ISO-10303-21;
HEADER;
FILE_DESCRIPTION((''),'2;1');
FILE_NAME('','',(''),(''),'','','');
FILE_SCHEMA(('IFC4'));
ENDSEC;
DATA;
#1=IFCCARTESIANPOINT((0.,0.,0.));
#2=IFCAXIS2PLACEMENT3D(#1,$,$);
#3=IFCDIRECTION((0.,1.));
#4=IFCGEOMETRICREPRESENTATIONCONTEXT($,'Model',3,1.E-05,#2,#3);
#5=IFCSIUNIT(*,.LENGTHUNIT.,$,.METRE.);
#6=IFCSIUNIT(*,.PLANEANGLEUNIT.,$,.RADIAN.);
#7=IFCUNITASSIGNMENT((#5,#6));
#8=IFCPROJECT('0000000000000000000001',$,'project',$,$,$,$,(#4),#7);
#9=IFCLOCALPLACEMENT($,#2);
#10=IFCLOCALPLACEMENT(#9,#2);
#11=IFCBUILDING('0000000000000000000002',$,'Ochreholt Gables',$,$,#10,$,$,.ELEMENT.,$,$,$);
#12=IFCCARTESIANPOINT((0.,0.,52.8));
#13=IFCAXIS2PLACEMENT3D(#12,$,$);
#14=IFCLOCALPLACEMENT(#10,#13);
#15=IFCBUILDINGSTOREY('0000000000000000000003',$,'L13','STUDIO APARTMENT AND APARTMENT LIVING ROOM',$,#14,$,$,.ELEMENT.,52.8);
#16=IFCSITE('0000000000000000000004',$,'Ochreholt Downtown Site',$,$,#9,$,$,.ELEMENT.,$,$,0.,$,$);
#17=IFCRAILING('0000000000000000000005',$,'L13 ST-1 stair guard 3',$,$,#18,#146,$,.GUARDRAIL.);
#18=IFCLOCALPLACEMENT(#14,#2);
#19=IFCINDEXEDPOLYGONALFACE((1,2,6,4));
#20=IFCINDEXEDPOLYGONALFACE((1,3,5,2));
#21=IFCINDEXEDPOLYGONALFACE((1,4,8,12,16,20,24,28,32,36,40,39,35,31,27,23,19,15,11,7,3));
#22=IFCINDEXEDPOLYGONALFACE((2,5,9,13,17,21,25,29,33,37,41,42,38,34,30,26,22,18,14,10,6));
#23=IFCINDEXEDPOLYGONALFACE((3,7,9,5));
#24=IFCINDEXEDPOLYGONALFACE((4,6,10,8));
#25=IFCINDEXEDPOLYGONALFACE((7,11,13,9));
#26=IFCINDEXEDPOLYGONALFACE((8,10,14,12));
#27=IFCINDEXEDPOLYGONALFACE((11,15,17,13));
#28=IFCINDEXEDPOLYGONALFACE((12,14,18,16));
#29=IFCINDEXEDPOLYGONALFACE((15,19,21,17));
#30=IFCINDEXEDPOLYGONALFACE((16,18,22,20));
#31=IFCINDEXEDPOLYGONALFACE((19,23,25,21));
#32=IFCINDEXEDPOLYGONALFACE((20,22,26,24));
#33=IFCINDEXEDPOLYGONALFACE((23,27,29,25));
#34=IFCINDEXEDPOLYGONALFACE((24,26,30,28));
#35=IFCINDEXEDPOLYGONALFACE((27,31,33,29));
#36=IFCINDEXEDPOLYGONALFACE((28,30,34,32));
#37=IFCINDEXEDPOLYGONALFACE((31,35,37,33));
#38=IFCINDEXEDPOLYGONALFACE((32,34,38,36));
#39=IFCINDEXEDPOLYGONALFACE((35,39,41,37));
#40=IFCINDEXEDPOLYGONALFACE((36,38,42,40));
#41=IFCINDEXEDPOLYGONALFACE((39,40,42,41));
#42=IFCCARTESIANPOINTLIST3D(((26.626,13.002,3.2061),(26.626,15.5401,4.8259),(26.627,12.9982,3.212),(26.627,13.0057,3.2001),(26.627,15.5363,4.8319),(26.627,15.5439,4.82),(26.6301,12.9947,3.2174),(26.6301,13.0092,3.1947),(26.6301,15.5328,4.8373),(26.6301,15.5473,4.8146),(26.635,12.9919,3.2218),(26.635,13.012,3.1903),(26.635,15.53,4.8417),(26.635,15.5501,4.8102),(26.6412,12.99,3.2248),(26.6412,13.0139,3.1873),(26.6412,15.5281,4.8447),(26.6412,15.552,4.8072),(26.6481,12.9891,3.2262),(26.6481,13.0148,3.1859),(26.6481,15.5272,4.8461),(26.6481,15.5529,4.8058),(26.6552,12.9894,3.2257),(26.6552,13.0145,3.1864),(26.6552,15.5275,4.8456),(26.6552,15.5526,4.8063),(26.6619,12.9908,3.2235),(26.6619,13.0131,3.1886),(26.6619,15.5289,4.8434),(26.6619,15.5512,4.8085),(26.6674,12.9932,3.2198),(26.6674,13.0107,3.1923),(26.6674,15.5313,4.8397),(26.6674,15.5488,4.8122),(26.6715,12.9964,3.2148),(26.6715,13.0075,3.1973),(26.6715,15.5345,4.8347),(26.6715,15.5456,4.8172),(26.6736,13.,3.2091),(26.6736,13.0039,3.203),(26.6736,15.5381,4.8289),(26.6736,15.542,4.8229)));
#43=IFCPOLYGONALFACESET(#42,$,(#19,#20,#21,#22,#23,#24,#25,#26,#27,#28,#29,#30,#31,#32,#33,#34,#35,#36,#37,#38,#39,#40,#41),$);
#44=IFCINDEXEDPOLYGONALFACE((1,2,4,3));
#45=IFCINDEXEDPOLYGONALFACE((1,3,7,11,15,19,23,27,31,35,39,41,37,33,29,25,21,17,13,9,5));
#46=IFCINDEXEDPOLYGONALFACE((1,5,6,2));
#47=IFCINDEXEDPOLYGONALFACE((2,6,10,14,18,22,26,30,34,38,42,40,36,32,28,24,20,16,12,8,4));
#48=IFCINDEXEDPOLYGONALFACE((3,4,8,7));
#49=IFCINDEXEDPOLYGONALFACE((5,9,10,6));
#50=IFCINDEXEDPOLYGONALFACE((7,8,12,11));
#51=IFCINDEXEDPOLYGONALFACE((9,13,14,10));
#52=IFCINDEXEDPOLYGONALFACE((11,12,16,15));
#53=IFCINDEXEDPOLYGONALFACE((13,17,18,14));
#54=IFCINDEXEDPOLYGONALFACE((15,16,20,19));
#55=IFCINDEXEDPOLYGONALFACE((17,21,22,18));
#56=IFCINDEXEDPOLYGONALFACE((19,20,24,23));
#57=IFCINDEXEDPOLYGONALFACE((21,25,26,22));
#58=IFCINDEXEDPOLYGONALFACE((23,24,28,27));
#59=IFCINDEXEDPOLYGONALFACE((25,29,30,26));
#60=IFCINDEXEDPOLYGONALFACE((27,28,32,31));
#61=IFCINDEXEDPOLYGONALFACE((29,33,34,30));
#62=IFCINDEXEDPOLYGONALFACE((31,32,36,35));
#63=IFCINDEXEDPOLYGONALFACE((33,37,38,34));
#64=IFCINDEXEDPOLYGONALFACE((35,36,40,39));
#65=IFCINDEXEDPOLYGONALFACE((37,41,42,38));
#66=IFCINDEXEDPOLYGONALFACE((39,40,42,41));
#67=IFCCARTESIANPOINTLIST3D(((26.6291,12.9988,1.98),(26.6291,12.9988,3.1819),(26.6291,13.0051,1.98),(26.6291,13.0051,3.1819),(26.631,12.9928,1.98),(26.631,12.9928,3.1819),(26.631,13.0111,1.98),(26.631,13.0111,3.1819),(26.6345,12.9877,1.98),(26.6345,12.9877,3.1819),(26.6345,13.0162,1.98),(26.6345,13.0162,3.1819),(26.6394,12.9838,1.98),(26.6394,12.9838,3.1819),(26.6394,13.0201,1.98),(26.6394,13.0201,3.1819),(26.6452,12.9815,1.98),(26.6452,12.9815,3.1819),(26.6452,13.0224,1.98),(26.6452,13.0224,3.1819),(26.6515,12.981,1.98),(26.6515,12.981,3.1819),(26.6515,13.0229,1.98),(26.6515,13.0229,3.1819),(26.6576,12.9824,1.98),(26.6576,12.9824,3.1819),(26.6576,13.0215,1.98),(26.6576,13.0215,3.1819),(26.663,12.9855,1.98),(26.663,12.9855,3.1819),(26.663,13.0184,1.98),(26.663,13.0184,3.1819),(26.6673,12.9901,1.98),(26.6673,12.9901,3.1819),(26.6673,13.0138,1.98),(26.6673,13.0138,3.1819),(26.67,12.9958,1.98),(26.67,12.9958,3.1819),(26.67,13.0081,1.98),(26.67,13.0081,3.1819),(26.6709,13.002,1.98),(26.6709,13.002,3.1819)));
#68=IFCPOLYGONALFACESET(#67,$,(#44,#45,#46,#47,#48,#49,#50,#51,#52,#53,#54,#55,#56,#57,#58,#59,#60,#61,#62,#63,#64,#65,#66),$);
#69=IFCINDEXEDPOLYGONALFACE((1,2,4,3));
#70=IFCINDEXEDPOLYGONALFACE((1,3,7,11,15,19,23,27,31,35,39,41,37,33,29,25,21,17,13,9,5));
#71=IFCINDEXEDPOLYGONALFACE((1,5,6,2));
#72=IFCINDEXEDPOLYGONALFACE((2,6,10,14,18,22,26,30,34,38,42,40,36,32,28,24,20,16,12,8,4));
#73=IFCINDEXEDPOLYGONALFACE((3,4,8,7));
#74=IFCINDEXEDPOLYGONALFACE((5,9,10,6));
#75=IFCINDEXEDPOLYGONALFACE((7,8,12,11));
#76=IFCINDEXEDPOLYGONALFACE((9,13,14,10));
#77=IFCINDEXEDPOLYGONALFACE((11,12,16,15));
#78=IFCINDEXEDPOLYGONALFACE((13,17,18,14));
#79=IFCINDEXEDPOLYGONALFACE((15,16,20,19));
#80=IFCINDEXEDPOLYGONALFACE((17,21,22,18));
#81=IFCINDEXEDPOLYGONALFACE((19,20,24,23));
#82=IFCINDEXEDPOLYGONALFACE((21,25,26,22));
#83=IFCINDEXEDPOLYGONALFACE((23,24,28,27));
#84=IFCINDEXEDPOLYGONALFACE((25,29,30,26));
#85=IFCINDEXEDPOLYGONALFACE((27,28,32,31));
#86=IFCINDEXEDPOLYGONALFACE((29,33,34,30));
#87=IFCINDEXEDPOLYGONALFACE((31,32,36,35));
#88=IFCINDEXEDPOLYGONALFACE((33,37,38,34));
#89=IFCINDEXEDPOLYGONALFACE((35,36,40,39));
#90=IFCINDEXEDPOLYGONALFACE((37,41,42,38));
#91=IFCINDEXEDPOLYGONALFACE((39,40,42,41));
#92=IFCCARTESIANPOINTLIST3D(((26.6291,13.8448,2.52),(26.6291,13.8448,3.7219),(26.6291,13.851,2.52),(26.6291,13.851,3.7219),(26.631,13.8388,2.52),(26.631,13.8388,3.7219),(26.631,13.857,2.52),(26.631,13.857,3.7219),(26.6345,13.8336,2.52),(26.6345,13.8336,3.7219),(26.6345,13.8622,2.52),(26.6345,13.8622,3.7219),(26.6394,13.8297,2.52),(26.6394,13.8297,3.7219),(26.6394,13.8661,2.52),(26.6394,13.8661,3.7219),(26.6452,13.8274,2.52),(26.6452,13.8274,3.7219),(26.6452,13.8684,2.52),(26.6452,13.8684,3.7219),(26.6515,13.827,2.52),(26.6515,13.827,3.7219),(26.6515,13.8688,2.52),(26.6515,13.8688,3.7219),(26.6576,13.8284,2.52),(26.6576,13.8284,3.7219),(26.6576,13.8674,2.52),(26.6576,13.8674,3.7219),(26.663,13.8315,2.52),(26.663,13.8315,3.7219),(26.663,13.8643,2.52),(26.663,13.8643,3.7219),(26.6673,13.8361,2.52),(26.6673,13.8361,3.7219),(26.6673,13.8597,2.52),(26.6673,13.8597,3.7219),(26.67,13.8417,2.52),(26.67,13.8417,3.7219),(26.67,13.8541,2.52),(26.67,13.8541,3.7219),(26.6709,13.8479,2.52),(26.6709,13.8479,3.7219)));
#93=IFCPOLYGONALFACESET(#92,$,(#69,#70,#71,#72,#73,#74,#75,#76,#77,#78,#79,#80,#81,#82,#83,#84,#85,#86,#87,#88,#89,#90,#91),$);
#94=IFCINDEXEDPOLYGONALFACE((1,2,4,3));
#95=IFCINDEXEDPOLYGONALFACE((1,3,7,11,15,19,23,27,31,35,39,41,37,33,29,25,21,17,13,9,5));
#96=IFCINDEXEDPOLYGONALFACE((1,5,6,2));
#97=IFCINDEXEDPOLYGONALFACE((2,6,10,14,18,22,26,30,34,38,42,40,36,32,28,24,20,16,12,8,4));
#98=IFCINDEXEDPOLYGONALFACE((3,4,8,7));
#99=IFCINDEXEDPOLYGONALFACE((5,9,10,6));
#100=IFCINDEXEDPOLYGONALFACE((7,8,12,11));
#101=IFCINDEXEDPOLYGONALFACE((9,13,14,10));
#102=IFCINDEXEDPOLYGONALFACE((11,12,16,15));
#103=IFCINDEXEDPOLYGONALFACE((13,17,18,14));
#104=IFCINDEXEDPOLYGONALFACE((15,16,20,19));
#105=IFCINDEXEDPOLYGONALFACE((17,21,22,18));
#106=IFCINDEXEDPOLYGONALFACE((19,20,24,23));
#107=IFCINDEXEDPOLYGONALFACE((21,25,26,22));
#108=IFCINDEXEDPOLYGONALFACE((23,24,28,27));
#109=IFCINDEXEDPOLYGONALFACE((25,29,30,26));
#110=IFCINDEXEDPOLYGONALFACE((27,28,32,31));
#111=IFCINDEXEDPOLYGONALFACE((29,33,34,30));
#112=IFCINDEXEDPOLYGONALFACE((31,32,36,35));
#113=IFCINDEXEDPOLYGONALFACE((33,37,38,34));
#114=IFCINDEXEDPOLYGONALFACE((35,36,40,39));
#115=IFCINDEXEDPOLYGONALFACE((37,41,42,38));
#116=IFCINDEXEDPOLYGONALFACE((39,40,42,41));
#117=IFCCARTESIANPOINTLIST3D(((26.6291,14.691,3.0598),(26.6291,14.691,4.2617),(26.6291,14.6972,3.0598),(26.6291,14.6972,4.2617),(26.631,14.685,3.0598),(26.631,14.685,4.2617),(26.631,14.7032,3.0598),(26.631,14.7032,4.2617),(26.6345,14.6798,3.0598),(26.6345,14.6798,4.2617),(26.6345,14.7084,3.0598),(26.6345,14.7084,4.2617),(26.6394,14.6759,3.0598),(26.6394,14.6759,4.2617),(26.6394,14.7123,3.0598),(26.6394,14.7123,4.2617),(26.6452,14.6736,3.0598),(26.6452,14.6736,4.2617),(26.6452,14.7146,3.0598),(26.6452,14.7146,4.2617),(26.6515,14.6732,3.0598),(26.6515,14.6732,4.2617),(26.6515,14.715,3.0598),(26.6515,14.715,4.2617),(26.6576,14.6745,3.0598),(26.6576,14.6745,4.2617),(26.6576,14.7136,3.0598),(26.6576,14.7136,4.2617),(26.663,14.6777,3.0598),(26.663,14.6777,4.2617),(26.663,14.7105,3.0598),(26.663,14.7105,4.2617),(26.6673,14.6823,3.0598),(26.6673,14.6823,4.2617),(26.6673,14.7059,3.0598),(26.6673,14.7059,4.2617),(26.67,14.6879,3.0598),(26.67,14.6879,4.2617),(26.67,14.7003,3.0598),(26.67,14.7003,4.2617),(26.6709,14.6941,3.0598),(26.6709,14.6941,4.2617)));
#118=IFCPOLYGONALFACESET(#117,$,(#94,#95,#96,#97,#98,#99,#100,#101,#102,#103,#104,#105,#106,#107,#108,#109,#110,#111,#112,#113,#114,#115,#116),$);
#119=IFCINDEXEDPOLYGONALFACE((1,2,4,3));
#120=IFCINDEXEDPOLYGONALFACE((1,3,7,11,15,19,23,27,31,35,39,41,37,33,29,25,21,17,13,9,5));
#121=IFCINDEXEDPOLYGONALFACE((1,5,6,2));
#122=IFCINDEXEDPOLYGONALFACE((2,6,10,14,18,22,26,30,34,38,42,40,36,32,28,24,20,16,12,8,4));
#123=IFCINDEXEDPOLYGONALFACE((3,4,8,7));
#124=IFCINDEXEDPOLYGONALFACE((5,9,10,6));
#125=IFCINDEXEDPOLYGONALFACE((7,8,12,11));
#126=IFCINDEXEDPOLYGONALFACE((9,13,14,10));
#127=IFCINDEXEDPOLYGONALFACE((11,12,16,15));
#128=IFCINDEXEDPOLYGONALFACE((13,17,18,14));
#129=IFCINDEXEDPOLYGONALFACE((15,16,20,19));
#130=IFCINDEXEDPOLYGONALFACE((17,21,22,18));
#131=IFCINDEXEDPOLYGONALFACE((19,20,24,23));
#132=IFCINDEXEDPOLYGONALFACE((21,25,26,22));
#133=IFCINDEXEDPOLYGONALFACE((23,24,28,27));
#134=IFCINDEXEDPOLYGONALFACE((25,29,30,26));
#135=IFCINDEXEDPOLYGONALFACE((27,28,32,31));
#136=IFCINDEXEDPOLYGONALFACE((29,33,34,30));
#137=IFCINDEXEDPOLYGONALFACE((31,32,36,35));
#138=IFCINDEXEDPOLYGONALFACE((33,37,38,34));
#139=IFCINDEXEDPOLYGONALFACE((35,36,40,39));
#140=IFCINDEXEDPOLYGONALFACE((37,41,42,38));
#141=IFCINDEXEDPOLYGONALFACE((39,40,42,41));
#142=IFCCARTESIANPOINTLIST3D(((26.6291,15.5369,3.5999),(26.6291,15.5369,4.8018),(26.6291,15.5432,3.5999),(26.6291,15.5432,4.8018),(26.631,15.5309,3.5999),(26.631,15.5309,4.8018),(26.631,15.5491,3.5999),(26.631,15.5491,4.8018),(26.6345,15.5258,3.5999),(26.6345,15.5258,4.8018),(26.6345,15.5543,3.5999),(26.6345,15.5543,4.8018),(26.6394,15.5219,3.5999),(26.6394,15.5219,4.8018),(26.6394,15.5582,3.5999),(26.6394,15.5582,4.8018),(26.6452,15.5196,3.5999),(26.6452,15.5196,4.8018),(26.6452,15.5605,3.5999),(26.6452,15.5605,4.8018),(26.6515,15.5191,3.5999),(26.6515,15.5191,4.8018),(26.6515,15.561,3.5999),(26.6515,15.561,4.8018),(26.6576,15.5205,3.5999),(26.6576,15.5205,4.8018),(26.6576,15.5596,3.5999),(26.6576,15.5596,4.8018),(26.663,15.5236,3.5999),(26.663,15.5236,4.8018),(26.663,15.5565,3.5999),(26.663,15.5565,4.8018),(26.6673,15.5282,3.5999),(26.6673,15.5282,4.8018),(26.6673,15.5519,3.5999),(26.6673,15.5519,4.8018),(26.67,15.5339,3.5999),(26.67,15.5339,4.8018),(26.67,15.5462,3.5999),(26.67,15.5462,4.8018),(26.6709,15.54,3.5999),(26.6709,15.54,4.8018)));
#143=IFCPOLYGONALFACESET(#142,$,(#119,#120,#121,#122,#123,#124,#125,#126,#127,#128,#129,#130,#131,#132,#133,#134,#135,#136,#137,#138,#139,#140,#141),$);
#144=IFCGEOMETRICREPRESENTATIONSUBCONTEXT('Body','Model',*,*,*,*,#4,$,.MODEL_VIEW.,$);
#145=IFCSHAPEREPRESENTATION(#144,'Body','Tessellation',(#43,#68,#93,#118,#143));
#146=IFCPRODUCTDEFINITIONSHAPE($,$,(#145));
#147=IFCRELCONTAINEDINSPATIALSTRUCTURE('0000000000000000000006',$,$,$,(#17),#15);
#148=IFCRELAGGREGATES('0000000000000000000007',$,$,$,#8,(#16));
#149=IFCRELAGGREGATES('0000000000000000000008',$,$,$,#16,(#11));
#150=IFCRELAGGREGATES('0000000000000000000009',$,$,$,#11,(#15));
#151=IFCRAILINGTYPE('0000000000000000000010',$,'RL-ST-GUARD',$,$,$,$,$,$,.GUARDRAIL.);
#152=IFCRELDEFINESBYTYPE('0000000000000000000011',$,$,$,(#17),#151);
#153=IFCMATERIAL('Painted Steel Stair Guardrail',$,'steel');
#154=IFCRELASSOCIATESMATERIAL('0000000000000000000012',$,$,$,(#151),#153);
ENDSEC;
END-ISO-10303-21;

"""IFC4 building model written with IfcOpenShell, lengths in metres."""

from ifc_helpers import new_model, si_unit, direction, frame, origin, origin_2d, place, context, subcontext, project, spatial, circle, extrude, material, type_object, element, save


model = new_model("IFC4")

# Units and contexts
model_context = context("Model", 3, precision=1e-05, world=origin(), true_north=direction((0.0, 1.0)))
body_context = subcontext(model_context, "Body", "Model", "MODEL_VIEW")
ifc_project = project(units=[si_unit("LENGTHUNIT", "METRE"), si_unit("PLANEANGLEUNIT", "RADIAN")], contexts=[model_context])

# Site, building, storey
site_placement = place(None, origin())
site = spatial("IfcSite", under=ifc_project, at=site_placement, Name="Ochreholt Downtown Site", CompositionType="ELEMENT", RefElevation=0.0)
building_placement = place(site_placement, origin())
building = spatial("IfcBuilding", under=site, at=building_placement, Name="Ochreholt Gables", CompositionType="ELEMENT")
storey_placement = place(building_placement, frame((0.0, 0.0, 52.8)))
storey = spatial("IfcBuildingStorey", under=building, at=storey_placement, Name="L13", Description="STUDIO APARTMENT AND APARTMENT LIVING ROOM", CompositionType="ELEMENT", Elevation=52.8)

# Railing
ifc_material_1 = material(Name="Painted Steel Stair Guardrail", Category="steel")
railing_type_1 = type_object("IfcRailingType", Name="RL-ST-GUARD", PredefinedType="GUARDRAIL", material=ifc_material_1)
railing_1_placement = place(storey_placement, frame((26.6499, 13.002, 1.98)))
element("IfcRailing", 1, at=railing_1_placement, inside=storey, type_object=railing_type_1, Name="L13 ST-1 stair guard 3", PredefinedType="GUARDRAIL", context=body_context, shape_type="SweptSolid", body=[
    extrude(circle(Radius=0.0239, at=origin_2d()), frame((0.0, 0.0, 1.2261), z_axis=(0.0, 0.84295, 0.537993), x_axis=(-1.0, 0.0, 0.0)), (0.0, 0.0, 1.0), 3.011),
    extrude(circle(Radius=0.021, at=origin_2d()), origin(), (0.0, 0.0, 1.0), 1.2019),
    extrude(circle(Radius=0.021, at=origin_2d()), frame((0.0, 0.8459, 0.54)), (0.0, 0.0, 1.0), 1.2019),
    extrude(circle(Radius=0.021, at=origin_2d()), frame((0.0, 1.6921, 1.0798)), (0.0, 0.0, 1.0), 1.2019),
    extrude(circle(Radius=0.021, at=origin_2d()), frame((0.0, 2.5381, 1.6199)), (0.0, 0.0, 1.0), 1.2019),
])

save(model, "model.ifc")
